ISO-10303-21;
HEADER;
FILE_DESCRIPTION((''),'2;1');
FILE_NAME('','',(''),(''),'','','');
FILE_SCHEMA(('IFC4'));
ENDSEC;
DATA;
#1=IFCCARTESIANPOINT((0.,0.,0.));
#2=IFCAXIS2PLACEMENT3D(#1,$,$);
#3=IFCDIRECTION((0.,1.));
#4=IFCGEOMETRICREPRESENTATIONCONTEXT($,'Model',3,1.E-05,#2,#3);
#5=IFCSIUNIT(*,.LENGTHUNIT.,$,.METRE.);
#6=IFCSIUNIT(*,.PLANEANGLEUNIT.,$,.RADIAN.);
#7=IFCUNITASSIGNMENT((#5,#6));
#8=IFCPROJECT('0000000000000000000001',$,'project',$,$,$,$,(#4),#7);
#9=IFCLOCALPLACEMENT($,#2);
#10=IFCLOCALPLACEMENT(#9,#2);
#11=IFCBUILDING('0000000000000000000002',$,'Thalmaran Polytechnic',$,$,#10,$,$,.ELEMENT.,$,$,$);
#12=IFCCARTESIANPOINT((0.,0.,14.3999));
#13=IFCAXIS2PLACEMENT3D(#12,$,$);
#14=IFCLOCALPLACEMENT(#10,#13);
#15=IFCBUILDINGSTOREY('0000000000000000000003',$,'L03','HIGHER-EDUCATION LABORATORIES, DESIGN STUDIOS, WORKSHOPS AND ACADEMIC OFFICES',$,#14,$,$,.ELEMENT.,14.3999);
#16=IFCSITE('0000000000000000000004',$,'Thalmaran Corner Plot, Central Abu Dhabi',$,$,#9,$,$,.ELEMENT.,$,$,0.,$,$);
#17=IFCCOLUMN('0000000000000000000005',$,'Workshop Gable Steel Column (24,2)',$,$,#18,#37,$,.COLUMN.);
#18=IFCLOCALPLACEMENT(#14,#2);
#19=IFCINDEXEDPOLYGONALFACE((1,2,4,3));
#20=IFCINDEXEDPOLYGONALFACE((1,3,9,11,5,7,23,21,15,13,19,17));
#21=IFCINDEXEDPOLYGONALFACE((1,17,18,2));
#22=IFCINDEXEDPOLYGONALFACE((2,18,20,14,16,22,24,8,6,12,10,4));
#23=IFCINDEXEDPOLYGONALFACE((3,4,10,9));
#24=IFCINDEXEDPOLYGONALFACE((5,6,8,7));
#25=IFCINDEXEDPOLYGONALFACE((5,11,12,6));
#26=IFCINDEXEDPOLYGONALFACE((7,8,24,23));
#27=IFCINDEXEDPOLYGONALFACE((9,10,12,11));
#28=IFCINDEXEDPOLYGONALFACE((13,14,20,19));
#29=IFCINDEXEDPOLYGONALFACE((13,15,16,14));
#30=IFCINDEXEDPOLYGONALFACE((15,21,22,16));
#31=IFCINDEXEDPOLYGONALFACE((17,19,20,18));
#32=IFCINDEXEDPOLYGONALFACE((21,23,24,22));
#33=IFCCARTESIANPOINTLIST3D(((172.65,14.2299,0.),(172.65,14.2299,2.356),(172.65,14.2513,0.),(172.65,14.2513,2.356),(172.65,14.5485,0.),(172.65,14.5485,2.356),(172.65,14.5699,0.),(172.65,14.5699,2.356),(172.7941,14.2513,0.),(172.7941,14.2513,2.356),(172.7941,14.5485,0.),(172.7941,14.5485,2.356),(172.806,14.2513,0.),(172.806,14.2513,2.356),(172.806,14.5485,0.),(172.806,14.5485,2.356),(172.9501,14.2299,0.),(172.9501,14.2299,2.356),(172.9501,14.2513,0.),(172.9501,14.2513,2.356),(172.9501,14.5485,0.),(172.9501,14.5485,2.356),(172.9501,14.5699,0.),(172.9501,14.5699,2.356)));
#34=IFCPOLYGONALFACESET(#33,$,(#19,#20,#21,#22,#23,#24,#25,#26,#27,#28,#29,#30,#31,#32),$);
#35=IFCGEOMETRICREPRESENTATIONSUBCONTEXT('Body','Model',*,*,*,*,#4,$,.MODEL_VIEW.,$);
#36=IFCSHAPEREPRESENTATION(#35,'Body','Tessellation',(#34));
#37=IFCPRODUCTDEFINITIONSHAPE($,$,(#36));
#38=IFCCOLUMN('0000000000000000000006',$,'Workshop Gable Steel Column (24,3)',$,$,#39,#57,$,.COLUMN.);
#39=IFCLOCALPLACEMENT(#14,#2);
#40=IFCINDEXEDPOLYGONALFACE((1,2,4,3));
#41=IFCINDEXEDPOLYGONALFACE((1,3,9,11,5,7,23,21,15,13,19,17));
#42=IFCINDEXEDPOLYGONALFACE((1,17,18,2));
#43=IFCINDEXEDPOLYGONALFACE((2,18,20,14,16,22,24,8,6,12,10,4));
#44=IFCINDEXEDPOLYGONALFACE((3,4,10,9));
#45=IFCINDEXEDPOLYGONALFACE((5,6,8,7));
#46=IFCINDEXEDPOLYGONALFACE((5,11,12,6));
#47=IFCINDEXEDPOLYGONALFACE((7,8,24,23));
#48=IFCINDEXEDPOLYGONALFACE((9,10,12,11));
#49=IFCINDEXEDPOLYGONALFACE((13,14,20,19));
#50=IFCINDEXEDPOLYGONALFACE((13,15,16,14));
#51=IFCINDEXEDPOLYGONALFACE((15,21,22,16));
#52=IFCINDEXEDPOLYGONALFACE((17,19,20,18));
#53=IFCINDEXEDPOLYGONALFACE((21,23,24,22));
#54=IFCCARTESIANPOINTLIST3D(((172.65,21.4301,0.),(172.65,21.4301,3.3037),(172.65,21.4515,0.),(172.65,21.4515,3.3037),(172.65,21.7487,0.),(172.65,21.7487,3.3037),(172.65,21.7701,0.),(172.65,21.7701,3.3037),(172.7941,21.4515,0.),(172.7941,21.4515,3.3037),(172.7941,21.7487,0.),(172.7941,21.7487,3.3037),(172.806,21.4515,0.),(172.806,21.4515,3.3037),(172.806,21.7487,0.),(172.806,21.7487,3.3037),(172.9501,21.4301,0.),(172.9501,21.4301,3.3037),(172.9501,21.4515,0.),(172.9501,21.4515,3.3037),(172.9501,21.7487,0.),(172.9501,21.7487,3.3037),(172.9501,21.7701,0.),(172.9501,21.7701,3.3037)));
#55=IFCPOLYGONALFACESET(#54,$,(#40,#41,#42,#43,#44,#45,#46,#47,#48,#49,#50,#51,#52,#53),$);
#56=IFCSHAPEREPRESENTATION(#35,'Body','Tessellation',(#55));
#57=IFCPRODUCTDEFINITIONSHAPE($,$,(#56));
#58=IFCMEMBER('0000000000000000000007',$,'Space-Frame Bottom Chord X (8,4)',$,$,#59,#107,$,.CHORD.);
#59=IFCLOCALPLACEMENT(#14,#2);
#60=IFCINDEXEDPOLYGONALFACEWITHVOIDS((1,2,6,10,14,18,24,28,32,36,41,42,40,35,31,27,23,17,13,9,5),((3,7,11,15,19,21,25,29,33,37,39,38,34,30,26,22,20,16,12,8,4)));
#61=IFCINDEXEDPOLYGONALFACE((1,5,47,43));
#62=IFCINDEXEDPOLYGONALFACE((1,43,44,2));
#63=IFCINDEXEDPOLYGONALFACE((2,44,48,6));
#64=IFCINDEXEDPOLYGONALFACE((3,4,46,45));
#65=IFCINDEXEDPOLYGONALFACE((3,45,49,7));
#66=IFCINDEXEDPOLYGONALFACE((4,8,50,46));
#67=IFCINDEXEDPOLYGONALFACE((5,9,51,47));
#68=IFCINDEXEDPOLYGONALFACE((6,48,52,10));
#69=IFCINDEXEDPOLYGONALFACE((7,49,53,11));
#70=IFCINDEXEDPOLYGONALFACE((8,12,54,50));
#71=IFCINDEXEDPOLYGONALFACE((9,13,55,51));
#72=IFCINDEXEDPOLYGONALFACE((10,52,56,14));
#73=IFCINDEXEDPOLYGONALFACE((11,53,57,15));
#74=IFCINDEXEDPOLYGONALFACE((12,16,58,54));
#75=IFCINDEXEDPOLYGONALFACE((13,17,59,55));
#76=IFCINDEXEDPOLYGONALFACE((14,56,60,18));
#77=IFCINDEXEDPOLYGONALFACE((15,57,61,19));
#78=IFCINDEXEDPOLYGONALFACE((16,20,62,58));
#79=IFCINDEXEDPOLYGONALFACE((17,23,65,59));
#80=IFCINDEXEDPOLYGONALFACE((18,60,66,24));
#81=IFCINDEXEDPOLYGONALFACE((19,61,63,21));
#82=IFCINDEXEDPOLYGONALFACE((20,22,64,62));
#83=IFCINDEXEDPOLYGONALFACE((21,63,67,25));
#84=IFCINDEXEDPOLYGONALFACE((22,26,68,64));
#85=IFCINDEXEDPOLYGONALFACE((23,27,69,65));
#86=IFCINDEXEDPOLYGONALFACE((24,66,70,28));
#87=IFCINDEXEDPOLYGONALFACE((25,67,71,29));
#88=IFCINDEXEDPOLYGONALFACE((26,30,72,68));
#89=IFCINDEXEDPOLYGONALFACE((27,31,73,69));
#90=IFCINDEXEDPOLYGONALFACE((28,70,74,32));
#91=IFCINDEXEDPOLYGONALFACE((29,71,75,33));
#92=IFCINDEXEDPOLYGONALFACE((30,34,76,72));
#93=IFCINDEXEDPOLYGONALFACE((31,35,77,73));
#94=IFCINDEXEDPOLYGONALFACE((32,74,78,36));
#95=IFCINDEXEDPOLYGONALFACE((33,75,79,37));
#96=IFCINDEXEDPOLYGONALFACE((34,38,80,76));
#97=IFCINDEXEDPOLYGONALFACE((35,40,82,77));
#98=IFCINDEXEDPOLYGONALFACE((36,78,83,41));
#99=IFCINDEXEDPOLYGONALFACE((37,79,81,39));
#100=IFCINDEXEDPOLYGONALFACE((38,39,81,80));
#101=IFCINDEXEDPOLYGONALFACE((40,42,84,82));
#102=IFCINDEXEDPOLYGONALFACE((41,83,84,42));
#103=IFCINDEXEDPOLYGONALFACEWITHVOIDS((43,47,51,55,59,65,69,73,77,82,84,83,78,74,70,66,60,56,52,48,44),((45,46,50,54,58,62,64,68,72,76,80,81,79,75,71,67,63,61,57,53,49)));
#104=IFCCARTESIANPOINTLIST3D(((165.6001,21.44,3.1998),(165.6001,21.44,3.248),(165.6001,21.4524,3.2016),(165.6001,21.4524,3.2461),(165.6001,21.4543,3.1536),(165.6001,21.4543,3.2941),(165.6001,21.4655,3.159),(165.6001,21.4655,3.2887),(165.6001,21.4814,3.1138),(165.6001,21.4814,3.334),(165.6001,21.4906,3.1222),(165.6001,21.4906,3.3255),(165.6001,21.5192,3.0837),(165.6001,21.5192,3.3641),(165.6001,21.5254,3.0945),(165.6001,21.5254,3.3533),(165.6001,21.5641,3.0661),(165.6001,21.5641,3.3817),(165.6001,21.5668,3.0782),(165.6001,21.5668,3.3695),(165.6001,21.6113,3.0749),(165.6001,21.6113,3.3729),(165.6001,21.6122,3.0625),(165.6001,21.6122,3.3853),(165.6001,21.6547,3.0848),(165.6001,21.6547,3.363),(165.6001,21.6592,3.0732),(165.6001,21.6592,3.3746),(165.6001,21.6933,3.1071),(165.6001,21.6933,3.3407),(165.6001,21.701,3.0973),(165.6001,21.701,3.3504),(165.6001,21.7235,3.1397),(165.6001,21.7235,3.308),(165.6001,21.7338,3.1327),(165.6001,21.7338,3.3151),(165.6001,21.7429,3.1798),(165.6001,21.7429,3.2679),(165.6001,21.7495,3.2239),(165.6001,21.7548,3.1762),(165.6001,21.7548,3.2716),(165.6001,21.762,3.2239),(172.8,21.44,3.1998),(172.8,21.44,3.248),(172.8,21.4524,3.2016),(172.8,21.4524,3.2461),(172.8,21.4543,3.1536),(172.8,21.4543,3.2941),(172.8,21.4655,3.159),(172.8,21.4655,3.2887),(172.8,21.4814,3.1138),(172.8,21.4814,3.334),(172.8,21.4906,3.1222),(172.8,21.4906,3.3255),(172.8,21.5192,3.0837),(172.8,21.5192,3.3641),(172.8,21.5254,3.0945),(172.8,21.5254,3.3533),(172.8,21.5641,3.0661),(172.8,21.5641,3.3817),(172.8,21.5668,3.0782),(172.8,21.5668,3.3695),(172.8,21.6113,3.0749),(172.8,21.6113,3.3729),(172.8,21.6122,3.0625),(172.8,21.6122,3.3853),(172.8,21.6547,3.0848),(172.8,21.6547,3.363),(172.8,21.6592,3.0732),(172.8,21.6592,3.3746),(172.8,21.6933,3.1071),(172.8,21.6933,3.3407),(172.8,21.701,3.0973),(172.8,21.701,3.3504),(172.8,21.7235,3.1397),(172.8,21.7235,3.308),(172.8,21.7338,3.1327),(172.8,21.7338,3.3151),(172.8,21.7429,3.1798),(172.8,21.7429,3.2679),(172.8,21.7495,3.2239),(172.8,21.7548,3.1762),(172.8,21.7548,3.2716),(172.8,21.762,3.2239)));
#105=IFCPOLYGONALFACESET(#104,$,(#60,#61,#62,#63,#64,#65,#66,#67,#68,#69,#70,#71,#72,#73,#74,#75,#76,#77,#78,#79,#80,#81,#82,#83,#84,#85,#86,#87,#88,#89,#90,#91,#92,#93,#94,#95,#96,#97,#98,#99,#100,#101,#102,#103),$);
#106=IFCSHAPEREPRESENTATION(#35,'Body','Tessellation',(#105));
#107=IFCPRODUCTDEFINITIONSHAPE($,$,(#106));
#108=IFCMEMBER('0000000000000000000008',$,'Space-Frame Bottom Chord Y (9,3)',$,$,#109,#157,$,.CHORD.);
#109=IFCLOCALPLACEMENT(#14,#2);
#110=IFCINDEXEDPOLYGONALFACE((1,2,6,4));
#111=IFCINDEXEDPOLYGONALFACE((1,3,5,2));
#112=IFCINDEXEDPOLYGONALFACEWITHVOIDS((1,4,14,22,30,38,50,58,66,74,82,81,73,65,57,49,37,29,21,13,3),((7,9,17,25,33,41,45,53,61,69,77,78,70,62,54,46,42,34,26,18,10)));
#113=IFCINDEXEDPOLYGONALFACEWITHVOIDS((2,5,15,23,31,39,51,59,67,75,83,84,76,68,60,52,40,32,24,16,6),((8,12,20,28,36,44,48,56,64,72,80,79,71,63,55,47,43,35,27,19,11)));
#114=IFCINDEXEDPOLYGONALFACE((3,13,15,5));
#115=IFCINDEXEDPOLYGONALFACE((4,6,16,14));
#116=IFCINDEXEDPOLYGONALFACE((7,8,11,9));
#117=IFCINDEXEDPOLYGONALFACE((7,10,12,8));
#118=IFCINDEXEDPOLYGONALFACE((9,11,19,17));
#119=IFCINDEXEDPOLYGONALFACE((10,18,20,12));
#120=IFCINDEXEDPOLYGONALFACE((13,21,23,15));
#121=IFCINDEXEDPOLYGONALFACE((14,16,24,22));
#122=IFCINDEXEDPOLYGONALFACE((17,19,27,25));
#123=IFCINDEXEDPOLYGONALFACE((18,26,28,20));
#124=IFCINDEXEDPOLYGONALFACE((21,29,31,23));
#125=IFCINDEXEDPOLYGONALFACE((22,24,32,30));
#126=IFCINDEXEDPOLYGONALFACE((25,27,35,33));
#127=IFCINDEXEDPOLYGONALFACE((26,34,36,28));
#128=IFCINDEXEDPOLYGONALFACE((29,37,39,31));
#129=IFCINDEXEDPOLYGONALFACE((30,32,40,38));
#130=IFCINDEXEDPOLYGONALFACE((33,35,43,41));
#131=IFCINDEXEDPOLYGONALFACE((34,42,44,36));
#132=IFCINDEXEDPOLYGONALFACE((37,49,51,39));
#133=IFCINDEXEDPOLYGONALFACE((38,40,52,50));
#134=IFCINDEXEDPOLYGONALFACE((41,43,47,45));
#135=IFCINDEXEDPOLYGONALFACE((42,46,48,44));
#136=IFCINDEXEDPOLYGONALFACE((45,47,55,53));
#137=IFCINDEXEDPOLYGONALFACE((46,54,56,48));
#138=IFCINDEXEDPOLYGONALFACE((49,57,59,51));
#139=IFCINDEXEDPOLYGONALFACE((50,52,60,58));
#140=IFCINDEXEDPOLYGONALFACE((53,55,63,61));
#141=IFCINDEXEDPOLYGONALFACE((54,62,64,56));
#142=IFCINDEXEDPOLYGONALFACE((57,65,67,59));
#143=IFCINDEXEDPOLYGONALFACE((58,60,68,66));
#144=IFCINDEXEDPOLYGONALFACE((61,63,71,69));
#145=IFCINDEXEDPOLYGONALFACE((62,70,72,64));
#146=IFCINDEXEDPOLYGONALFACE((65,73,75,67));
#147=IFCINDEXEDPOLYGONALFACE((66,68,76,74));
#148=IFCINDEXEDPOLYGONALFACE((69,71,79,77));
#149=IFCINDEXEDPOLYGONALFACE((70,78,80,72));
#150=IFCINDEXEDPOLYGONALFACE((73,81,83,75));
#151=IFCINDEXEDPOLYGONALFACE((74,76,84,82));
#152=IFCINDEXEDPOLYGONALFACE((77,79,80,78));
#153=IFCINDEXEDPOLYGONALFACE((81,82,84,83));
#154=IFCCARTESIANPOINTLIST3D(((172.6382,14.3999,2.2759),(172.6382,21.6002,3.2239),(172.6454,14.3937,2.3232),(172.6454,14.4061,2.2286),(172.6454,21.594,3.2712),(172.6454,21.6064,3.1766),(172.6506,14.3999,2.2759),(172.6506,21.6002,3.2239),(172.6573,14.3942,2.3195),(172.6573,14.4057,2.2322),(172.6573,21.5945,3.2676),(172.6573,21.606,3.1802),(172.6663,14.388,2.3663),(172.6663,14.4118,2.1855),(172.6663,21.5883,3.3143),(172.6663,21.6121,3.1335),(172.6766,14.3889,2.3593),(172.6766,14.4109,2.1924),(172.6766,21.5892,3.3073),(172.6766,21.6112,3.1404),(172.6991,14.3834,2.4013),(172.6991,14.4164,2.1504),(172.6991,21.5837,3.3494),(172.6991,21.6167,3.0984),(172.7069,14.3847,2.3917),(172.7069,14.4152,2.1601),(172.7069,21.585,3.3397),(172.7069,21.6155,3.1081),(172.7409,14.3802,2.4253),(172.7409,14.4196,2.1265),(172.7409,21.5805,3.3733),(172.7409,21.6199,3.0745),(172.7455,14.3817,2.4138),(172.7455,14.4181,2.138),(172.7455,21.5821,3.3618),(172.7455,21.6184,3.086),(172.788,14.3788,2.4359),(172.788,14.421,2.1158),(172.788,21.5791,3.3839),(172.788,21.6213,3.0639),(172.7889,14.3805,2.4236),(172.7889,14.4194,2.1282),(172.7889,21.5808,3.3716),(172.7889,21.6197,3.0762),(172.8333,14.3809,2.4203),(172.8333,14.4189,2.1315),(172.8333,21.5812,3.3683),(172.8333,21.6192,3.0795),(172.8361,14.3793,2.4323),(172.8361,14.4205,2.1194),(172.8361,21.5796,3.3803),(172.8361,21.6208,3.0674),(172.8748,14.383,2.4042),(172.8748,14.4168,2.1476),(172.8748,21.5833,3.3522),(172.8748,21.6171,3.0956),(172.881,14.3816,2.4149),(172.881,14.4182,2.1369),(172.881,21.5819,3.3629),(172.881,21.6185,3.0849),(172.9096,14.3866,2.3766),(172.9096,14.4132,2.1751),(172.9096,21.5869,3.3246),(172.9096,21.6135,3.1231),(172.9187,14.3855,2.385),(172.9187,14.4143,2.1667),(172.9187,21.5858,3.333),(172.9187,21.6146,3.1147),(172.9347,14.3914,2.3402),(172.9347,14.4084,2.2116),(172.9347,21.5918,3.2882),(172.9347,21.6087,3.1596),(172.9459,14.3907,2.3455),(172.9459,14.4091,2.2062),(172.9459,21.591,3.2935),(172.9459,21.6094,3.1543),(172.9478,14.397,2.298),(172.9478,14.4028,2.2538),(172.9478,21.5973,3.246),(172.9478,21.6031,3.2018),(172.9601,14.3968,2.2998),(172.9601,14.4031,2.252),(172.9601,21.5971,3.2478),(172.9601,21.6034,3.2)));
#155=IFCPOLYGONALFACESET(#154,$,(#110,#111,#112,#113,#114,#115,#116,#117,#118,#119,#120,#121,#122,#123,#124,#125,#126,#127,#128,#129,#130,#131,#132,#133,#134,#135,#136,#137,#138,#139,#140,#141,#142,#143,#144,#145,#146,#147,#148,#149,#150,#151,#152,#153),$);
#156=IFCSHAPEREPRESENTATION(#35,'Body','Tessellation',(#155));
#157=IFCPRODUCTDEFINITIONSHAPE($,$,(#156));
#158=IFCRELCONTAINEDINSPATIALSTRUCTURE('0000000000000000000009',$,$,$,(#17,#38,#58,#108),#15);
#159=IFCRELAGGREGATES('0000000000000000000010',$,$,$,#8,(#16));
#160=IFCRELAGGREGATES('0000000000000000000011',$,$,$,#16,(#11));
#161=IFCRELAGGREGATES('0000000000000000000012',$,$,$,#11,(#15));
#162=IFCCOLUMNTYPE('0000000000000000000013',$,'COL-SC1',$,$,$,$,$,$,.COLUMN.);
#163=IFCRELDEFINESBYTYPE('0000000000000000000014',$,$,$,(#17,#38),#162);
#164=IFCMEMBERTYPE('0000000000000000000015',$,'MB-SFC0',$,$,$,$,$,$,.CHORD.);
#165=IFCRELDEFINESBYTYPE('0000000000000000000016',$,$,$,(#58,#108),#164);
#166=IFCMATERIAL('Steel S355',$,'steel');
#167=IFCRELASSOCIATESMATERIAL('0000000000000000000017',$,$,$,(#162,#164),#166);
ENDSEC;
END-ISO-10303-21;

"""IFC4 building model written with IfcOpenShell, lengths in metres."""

from ifc_helpers import new_model, si_unit, direction, frame, origin, origin_2d, place, context, subcontext, project, spatial, hollow_circle, i_section, extrude, material, material_profile, profile_set, type_object, element, save


model = new_model("IFC4")

# Units and contexts
model_context = context("Model", 3, precision=1e-05, world=origin(), true_north=direction((0.0, 1.0)))
body_context = subcontext(model_context, "Body", "Model", "MODEL_VIEW")
ifc_project = project(units=[si_unit("LENGTHUNIT", "METRE"), si_unit("PLANEANGLEUNIT", "RADIAN")], contexts=[model_context])

# Site, building, storey
site_placement = place(None, origin())
site = spatial("IfcSite", under=ifc_project, at=site_placement, Name="Thalmaran Corner Plot, Central Abu Dhabi", CompositionType="ELEMENT", RefElevation=0.0)
building_placement = place(site_placement, origin())
building = spatial("IfcBuilding", under=site, at=building_placement, Name="Thalmaran Polytechnic", CompositionType="ELEMENT")
storey_placement = place(building_placement, frame((0.0, 0.0, 14.3999)))
storey = spatial("IfcBuildingStorey", under=building, at=storey_placement, Name="L03", Description="HIGHER-EDUCATION LABORATORIES, DESIGN STUDIOS, WORKSHOPS AND ACADEMIC OFFICES", CompositionType="ELEMENT", Elevation=14.3999)

# Columns
ifc_material_1 = material(Name="Steel S355", Category="steel")
ifc_material_profile_1 = material_profile(ifc_material_1, i_section(OverallWidth=0.3, OverallDepth=0.3401, WebThickness=0.012, FlangeThickness=0.0215, at=origin_2d()), Name="HEB 340")
ifc_profile_set_1 = profile_set([ifc_material_profile_1], Name="Steel S355")
column_type = type_object("IfcColumnType", Name="COL-SC1", PredefinedType="COLUMN", material=ifc_profile_set_1)
column_1_placement = place(storey_placement, frame((172.8, 14.3999, 0.0), z_axis=(0.0, 0.0, 1.0), x_axis=(1.0, 0.0, 0.0)))
element("IfcColumn", 1, at=column_1_placement, inside=storey, type_object=column_type, Name="Workshop Gable Steel Column (24,2)", PredefinedType="COLUMN", context=body_context, shape_type="SweptSolid", body=[
    extrude(i_section(OverallWidth=0.3, OverallDepth=0.3401, WebThickness=0.012, FlangeThickness=0.0215, at=origin_2d()), origin(), (0.0, 0.0, 1.0), 2.356),
])
column_2_placement = place(storey_placement, frame((172.8, 21.6001, 0.0), z_axis=(0.0, 0.0, 1.0), x_axis=(1.0, 0.0, 0.0)))
element("IfcColumn", 2, at=column_2_placement, inside=storey, type_object=column_type, Name="Workshop Gable Steel Column (24,3)", PredefinedType="COLUMN", context=body_context, shape_type="SweptSolid", body=[
    extrude(i_section(OverallWidth=0.3, OverallDepth=0.3401, WebThickness=0.012, FlangeThickness=0.0215, at=origin_2d()), origin(), (0.0, 0.0, 1.0), 3.3037),
])

# Members
ifc_material_profile_2 = material_profile(ifc_material_1, hollow_circle(Radius=0.1619, WallThickness=0.0125, at=origin_2d()), Name="CHS 323.9x12.5")
ifc_profile_set_2 = profile_set([ifc_material_profile_2], Name="Steel S355")
member_type_1 = type_object("IfcMemberType", Name="MB-SFC0", PredefinedType="CHORD", material=ifc_profile_set_2)
member_1_placement = place(storey_placement, frame((165.6001, 21.6001, 3.2239), z_axis=(1.0, 0.0, 0.0), x_axis=(0.0, 1.0, 0.0)))
element("IfcMember", 3, at=member_1_placement, inside=storey, type_object=member_type_1, Name="Space-Frame Bottom Chord X (8,4)", PredefinedType="CHORD", context=body_context, shape_type="SweptSolid", body=[
    extrude(hollow_circle(Radius=0.1619, WallThickness=0.0125, at=origin_2d()), origin(), (0.0, 0.0, 1.0), 7.2),
])
member_2_placement = place(storey_placement, frame((172.8, 14.3999, 2.2759), z_axis=(0.0, 0.991444, 0.130536), x_axis=(-1.0, 0.0, 0.0)))
element("IfcMember", 4, at=member_2_placement, inside=storey, type_object=member_type_1, Name="Space-Frame Bottom Chord Y (9,3)", PredefinedType="CHORD", context=body_context, shape_type="SweptSolid", body=[
    extrude(hollow_circle(Radius=0.1619, WallThickness=0.0125, at=origin_2d()), origin(), (0.0, 0.0, 1.0), 7.2625),
])

save(model, "model.ifc")
